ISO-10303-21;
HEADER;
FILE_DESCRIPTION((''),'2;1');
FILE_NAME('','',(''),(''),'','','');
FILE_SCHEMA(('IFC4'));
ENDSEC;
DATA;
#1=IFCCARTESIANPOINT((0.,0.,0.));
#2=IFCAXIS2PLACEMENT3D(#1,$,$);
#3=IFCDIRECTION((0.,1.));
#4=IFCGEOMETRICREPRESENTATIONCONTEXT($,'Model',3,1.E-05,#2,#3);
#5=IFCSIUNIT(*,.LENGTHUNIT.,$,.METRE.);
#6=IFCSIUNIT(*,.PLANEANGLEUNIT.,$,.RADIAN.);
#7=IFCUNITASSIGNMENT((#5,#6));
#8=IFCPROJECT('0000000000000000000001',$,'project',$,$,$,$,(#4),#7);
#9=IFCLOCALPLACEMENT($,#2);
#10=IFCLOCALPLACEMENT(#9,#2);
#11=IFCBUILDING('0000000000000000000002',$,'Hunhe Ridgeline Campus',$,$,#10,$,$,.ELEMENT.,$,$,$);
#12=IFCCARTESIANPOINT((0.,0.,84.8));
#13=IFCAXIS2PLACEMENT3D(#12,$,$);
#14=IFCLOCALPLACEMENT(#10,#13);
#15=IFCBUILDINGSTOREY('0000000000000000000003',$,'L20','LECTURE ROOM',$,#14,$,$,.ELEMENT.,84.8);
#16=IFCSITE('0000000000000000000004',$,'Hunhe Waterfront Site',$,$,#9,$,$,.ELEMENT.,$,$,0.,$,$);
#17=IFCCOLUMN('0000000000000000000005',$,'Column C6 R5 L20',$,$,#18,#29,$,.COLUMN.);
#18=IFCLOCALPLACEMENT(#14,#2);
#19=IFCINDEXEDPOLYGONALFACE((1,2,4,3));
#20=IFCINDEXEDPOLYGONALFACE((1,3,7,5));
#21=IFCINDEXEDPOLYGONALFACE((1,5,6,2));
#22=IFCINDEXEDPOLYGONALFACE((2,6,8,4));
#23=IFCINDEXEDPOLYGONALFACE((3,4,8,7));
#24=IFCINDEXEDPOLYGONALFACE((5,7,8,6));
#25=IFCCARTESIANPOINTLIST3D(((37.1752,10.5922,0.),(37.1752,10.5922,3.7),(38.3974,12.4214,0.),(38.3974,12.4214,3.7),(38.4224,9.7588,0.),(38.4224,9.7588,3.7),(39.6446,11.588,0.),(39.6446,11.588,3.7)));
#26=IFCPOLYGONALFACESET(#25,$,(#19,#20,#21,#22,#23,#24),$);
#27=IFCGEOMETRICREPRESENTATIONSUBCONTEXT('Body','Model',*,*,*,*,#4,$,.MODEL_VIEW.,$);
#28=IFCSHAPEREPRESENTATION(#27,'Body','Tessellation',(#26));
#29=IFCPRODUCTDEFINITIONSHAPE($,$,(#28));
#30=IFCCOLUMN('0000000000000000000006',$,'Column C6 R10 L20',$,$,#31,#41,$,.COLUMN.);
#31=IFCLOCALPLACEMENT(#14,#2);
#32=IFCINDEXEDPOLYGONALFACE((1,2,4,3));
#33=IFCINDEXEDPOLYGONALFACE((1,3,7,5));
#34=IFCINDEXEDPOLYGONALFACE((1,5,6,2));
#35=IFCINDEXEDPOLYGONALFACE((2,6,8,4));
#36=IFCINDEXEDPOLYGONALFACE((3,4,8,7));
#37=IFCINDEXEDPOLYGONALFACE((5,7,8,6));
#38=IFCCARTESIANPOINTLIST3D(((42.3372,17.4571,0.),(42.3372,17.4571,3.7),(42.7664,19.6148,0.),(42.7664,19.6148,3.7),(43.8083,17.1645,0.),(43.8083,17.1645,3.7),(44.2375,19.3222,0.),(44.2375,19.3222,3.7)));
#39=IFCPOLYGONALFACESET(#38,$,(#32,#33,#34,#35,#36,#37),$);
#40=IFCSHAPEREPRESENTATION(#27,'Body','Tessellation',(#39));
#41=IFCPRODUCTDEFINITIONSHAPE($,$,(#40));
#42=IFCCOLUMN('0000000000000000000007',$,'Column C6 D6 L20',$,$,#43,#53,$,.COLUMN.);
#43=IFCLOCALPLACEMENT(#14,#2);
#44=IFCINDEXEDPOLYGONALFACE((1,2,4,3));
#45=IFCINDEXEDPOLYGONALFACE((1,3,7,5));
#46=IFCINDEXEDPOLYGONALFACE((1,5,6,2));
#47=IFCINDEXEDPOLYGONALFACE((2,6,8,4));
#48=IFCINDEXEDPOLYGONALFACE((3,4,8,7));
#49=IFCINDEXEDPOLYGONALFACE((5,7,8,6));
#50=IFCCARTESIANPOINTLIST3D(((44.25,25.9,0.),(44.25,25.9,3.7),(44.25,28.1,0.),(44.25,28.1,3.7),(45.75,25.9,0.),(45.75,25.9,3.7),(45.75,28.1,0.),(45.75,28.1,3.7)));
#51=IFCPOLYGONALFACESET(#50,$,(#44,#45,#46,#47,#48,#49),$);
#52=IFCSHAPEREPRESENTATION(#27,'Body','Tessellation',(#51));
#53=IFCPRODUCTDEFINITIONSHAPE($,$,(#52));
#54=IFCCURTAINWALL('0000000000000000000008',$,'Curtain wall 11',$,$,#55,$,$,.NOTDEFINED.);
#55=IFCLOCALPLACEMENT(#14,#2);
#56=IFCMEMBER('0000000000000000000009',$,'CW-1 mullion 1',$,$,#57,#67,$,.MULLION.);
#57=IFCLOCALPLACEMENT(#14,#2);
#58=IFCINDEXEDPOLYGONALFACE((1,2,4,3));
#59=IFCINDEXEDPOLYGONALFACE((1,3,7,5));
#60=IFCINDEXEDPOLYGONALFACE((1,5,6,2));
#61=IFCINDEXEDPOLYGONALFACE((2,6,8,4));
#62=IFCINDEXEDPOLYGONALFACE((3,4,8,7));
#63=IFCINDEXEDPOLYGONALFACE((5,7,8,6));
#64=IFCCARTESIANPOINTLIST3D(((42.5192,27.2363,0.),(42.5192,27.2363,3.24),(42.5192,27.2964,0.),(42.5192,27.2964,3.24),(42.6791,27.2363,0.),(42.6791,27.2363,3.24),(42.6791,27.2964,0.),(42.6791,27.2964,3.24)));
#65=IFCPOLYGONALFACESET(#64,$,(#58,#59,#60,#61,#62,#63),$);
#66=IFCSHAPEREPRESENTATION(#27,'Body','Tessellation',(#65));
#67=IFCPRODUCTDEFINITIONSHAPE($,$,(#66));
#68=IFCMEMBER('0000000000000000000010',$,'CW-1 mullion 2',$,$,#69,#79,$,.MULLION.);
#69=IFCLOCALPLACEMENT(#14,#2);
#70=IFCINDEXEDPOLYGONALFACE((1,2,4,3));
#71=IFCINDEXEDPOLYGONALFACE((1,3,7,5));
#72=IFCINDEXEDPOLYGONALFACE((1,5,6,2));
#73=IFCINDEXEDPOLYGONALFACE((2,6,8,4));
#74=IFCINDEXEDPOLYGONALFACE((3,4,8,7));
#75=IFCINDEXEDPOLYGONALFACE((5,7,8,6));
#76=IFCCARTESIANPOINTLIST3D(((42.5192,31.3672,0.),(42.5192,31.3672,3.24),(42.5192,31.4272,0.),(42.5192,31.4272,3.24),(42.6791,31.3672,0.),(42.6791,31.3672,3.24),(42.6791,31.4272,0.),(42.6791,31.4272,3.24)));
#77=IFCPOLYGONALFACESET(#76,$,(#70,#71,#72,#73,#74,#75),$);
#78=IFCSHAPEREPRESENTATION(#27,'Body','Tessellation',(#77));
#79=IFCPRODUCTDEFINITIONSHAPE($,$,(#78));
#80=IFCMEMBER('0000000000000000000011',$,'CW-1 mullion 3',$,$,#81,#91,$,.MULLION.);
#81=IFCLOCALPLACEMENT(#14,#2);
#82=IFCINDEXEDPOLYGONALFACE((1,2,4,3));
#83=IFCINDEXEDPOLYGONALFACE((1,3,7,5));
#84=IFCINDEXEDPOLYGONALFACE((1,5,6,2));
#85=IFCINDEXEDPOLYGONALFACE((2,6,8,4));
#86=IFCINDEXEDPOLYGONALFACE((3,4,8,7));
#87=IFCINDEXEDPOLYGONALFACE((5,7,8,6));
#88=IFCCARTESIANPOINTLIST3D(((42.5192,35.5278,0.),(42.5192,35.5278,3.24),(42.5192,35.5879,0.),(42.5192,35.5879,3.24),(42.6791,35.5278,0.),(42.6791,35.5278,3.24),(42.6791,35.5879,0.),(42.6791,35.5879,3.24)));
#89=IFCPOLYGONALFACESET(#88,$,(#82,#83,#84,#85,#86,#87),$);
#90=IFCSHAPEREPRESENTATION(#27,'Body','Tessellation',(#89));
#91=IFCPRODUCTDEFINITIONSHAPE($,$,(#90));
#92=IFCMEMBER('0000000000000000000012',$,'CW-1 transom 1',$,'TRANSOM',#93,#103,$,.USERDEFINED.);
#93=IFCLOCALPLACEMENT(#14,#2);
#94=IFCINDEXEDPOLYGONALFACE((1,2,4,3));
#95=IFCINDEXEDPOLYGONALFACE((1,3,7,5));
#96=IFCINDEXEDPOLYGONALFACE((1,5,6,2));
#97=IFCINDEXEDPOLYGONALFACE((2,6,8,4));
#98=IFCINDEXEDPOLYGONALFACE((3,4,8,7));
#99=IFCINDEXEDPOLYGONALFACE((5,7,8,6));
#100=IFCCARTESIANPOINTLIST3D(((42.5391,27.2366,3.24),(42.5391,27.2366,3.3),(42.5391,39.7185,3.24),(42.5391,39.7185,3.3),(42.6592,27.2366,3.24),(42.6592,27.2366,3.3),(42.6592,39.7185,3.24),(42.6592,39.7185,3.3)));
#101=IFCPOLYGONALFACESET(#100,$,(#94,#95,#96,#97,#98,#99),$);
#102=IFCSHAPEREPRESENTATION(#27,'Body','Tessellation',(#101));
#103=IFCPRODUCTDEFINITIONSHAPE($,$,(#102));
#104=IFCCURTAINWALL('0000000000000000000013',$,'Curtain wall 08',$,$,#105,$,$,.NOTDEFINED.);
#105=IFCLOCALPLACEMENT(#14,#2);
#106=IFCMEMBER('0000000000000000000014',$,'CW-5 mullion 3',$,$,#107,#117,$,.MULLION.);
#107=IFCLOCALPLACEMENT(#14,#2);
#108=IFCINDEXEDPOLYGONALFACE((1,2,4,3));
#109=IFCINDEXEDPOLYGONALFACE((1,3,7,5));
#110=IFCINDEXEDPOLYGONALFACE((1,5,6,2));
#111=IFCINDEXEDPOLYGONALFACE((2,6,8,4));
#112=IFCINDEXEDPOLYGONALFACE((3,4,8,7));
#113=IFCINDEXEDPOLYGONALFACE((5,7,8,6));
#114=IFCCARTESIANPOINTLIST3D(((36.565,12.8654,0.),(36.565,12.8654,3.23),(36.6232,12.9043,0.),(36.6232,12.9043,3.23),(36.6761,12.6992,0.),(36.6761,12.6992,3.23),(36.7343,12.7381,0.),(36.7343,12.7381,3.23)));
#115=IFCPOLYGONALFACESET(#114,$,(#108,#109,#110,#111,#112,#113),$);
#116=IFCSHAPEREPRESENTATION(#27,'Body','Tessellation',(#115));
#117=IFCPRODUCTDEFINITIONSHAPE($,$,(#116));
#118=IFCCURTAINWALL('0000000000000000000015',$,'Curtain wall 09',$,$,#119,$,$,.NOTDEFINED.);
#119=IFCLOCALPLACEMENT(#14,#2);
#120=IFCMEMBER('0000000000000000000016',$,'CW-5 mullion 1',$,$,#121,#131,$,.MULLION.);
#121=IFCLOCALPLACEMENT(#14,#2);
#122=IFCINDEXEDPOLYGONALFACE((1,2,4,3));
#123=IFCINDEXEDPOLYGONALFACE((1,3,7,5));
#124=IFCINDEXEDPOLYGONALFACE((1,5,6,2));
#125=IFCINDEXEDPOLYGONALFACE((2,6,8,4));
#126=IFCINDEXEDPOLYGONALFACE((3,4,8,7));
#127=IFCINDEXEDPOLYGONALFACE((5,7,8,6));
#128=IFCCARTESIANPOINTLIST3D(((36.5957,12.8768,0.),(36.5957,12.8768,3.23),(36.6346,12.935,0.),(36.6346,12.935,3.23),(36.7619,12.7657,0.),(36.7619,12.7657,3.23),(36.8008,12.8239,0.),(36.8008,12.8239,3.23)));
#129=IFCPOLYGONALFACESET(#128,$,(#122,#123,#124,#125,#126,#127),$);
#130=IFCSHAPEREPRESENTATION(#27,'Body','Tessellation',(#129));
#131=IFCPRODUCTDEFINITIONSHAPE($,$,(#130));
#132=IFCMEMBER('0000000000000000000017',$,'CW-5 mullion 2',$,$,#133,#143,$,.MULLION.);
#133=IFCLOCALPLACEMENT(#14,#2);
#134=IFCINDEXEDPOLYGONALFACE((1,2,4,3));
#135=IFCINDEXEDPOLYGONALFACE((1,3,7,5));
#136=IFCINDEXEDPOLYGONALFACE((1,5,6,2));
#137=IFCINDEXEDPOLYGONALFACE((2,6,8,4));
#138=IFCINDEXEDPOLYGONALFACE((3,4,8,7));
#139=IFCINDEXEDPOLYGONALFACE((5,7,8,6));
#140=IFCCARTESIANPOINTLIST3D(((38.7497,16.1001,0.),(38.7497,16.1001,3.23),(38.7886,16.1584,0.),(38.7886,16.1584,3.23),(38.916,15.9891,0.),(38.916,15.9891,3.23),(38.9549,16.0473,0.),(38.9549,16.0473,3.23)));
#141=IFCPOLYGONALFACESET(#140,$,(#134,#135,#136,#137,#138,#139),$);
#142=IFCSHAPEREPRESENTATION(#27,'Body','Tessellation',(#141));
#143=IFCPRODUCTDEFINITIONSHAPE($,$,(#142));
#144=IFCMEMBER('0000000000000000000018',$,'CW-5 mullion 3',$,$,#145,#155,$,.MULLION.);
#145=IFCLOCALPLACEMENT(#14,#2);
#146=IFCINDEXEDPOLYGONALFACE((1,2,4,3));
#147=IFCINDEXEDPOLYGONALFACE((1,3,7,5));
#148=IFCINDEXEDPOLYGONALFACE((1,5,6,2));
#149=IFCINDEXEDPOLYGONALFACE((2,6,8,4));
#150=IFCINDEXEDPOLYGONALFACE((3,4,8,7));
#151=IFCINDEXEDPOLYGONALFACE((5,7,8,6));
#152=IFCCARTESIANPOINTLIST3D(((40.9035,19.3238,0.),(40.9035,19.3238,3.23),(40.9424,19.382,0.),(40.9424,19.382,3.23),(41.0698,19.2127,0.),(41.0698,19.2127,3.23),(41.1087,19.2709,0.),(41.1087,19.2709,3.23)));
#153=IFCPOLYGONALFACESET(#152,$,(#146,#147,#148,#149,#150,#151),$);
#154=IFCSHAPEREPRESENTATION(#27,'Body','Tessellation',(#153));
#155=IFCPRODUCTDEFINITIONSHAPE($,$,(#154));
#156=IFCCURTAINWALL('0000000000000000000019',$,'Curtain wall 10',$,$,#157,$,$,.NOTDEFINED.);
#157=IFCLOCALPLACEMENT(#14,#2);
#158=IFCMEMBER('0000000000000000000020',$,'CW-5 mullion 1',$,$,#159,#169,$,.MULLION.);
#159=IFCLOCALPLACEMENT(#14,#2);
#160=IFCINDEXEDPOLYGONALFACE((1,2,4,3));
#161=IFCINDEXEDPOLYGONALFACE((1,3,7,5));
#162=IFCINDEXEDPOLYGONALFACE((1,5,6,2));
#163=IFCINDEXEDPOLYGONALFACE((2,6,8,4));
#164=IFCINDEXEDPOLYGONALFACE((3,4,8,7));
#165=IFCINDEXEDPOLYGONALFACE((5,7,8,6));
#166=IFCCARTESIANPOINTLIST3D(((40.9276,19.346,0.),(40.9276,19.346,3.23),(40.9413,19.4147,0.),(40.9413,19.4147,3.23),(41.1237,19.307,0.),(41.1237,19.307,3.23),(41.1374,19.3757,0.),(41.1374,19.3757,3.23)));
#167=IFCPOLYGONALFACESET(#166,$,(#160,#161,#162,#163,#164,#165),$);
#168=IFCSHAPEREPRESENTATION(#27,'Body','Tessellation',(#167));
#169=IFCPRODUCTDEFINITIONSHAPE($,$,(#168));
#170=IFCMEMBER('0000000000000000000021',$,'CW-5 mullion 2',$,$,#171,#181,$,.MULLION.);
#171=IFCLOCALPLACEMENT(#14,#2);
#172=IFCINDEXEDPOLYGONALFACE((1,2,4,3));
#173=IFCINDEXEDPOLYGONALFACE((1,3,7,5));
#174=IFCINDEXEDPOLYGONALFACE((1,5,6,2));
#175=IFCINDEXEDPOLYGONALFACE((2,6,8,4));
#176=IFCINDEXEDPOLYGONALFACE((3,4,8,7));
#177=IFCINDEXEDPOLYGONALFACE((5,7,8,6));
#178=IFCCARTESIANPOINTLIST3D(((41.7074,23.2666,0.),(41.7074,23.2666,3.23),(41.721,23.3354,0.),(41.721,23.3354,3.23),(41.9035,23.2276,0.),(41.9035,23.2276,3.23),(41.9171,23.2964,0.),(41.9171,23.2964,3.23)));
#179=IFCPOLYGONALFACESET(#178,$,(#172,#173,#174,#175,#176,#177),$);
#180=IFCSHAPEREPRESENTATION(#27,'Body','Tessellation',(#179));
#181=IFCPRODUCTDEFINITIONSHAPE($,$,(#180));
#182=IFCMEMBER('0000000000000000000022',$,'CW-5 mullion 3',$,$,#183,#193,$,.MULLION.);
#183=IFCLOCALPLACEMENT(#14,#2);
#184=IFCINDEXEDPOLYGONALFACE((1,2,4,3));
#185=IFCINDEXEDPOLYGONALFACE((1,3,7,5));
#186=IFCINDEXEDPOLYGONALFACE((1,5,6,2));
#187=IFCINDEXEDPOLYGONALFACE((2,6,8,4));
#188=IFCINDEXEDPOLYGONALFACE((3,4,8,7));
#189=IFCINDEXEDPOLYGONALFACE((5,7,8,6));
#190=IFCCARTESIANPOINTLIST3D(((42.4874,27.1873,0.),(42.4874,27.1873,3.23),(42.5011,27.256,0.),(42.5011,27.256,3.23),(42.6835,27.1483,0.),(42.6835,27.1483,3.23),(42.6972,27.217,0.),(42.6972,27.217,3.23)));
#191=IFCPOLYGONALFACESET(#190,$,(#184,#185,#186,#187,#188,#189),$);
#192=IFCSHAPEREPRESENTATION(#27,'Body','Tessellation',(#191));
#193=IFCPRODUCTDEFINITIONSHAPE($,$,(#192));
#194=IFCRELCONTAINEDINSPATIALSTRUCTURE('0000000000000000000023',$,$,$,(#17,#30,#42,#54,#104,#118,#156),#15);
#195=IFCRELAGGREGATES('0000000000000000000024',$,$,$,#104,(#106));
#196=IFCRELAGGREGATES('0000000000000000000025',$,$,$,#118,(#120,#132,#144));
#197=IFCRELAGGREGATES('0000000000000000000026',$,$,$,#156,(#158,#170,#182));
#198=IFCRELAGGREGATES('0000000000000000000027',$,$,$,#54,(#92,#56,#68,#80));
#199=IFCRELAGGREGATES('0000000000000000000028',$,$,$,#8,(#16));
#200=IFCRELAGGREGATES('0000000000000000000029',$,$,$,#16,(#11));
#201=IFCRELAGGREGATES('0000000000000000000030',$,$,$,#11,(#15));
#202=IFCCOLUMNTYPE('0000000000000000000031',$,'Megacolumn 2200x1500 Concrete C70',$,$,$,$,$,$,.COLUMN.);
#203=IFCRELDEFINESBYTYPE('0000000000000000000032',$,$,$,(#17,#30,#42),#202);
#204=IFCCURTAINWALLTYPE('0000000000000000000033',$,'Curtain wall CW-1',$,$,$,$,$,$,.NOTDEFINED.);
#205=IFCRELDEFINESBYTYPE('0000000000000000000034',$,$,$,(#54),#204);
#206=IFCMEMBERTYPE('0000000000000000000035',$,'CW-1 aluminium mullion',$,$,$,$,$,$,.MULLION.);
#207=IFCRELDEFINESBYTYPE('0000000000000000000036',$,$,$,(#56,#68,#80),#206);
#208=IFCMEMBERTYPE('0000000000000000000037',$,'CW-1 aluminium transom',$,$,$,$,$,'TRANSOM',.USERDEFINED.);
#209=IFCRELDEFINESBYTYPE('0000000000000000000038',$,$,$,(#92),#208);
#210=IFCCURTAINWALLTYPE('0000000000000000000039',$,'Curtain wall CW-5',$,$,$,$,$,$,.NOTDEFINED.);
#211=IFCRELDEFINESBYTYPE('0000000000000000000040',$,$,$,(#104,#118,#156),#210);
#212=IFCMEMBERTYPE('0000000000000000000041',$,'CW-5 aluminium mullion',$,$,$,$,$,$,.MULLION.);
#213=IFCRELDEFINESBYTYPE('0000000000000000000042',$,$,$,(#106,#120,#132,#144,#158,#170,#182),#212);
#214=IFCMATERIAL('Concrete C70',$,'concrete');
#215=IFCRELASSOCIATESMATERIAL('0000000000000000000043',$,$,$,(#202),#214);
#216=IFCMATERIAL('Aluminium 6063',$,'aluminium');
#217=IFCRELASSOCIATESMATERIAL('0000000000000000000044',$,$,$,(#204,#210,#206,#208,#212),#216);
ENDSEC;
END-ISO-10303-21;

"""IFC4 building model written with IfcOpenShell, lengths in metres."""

from ifc_helpers import new_model, si_unit, direction, frame, origin, origin_2d, place, context, subcontext, project, spatial, rectangle, extrude, material, material_profile, profile_set, type_object, element, aggregate, save


model = new_model("IFC4")

# Units and contexts
model_context = context("Model", 3, precision=1e-05, world=origin(), true_north=direction((0.0, 1.0)))
body_context = subcontext(model_context, "Body", "Model", "MODEL_VIEW")
ifc_project = project(units=[si_unit("LENGTHUNIT", "METRE"), si_unit("PLANEANGLEUNIT", "RADIAN")], contexts=[model_context])

# Site, building, storey
site_placement = place(None, origin())
site = spatial("IfcSite", under=ifc_project, at=site_placement, Name="Hunhe Waterfront Site", CompositionType="ELEMENT", RefElevation=0.0)
building_placement = place(site_placement, origin())
building = spatial("IfcBuilding", under=site, at=building_placement, Name="Hunhe Ridgeline Campus", CompositionType="ELEMENT")
storey_placement = place(building_placement, frame((0.0, 0.0, 84.8)))
storey = spatial("IfcBuildingStorey", under=building, at=storey_placement, Name="L20", Description="LECTURE ROOM", CompositionType="ELEMENT", Elevation=84.8)

# Columns
ifc_material_1 = material(Name="Concrete C70", Category="concrete")
ifc_material_profile_1 = material_profile(ifc_material_1, rectangle(XDim=2.2, YDim=1.5, at=origin_2d()))
ifc_profile_set_1 = profile_set([ifc_material_profile_1], Name="Concrete C70")
column_type = type_object("IfcColumnType", Name="Megacolumn 2200x1500 Concrete C70", PredefinedType="COLUMN", material=ifc_profile_set_1)
for number, where, z_axis, x_axis, name in (
    (1, (38.4099, 11.0901, 0.0), (0.0, 0.0, 1.0), (0.55557, 0.83147, 0.0), "Column C6 R5 L20"),
    (2, (43.2874, 18.3896, 0.0), (0.0, 0.0, 1.0), (0.19509, 0.980785, 0.0), "Column C6 R10 L20"),
    (3, (45.0, 27.0, 0.0), (0.0, 0.0, 1.0), (0.0, 1.0, 0.0), "Column C6 D6 L20"),
):
    element("IfcColumn", number, at=place(storey_placement, frame(where, z_axis=z_axis, x_axis=x_axis)), inside=storey, type_object=column_type, Name=name, PredefinedType="COLUMN", context=body_context, shape_type="SweptSolid", body=[
        extrude(rectangle(XDim=2.2, YDim=1.5, at=origin_2d()), origin(), (0.0, 0.0, 1.0), 3.7),
    ])

# Curtain wall, members
ifc_material_2 = material(Name="Aluminium 6063", Category="aluminium")
curtain_wall_type_1 = type_object("IfcCurtainWallType", Name="Curtain wall CW-1", PredefinedType="NOTDEFINED", material=ifc_material_2)
curtain_wall_1_placement = place(storey_placement, origin())
curtain_wall_1 = element("IfcCurtainWall", 4, at=curtain_wall_1_placement, inside=storey, type_object=curtain_wall_type_1, Name="Curtain wall 11", PredefinedType="NOTDEFINED")
ifc_material_profile_2 = material_profile(ifc_material_2, rectangle(XDim=0.1599, YDim=0.0601, at=origin_2d()))
ifc_profile_set_2 = profile_set([ifc_material_profile_2], Name="Aluminium 6063")
member_type_1 = type_object("IfcMemberType", Name="CW-1 aluminium mullion", PredefinedType="MULLION", material=ifc_profile_set_2)
member_1_placement = place(storey_placement, frame((42.5991, 27.2664, 0.0), z_axis=(0.0, 0.0, 1.0), x_axis=(-1.0, 0.000011, 0.0)))
member_1 = element("IfcMember", 5, at=member_1_placement, type_object=member_type_1, Name="CW-1 mullion 1", PredefinedType="MULLION", context=body_context, shape_type="SweptSolid", body=[
    extrude(rectangle(XDim=0.1599, YDim=0.0601, at=origin_2d()), origin(), (0.0, 0.0, 1.0), 3.24),
])
member_2_placement = place(storey_placement, frame((42.5991, 31.3972, 0.0), z_axis=(0.0, 0.0, 1.0), x_axis=(-1.0, 0.000011, 0.0)))
member_2 = element("IfcMember", 6, at=member_2_placement, type_object=member_type_1, Name="CW-1 mullion 2", PredefinedType="MULLION", context=body_context, shape_type="SweptSolid", body=[
    extrude(rectangle(XDim=0.1599, YDim=0.0601, at=origin_2d()), origin(), (0.0, 0.0, 1.0), 3.24),
])
member_3_placement = place(storey_placement, frame((42.5991, 35.5579, 0.0), z_axis=(0.0, 0.0, 1.0), x_axis=(-1.0, 0.000011, 0.0)))
member_3 = element("IfcMember", 7, at=member_3_placement, type_object=member_type_1, Name="CW-1 mullion 3", PredefinedType="MULLION", context=body_context, shape_type="SweptSolid", body=[
    extrude(rectangle(XDim=0.1599, YDim=0.0601, at=origin_2d()), origin(), (0.0, 0.0, 1.0), 3.24),
])
ifc_material_profile_3 = material_profile(ifc_material_2, rectangle(XDim=0.1201, YDim=0.0601, at=origin_2d()))
ifc_profile_set_3 = profile_set([ifc_material_profile_3], Name="Aluminium 6063")
member_type_2 = type_object("IfcMemberType", Name="CW-1 aluminium transom", ElementType="TRANSOM", PredefinedType="USERDEFINED", material=ifc_profile_set_3)
member_4_placement = place(storey_placement, frame((42.5991, 27.2366, 3.27), z_axis=(0.0, 1.0, 0.0), x_axis=(-1.0, 0.0, 0.0)))
member_4 = element("IfcMember", 8, at=member_4_placement, type_object=member_type_2, Name="CW-1 transom 1", ObjectType="TRANSOM", PredefinedType="USERDEFINED", context=body_context, shape_type="SweptSolid", body=[
    extrude(rectangle(XDim=0.1201, YDim=0.0601, at=origin_2d()), origin(), (0.0, 0.0, 1.0), 12.4819),
])

# Curtain wall, member
curtain_wall_type_2 = type_object("IfcCurtainWallType", Name="Curtain wall CW-5", PredefinedType="NOTDEFINED", material=ifc_material_2)
curtain_wall_2_placement = place(storey_placement, origin())
curtain_wall_2 = element("IfcCurtainWall", 9, at=curtain_wall_2_placement, inside=storey, type_object=curtain_wall_type_2, Name="Curtain wall 08", PredefinedType="NOTDEFINED")
ifc_material_profile_4 = material_profile(ifc_material_2, rectangle(XDim=0.2, YDim=0.0701, at=origin_2d()))
ifc_profile_set_4 = profile_set([ifc_material_profile_4], Name="Aluminium 6063")
member_type_3 = type_object("IfcMemberType", Name="CW-5 aluminium mullion", PredefinedType="MULLION", material=ifc_profile_set_4)
member_5_placement = place(storey_placement, frame((36.6497, 12.8018, 0.0), z_axis=(0.0, 0.0, 1.0), x_axis=(-0.55557, 0.83147, 0.0)))
member_5 = element("IfcMember", 10, at=member_5_placement, type_object=member_type_3, Name="CW-5 mullion 3", PredefinedType="MULLION", context=body_context, shape_type="SweptSolid", body=[
    extrude(rectangle(XDim=0.2, YDim=0.0701, at=origin_2d()), origin(), (0.0, 0.0, 1.0), 3.23),
])
aggregate(curtain_wall_2, [member_5])

# Curtain walls, members
curtain_wall_3_placement = place(storey_placement, origin())
curtain_wall_3 = element("IfcCurtainWall", 11, at=curtain_wall_3_placement, inside=storey, type_object=curtain_wall_type_2, Name="Curtain wall 09", PredefinedType="NOTDEFINED")
member_6_placement = place(storey_placement, frame((36.6982, 12.8503, 0.0), z_axis=(0.0, 0.0, 1.0), x_axis=(-0.83147, 0.55557, 0.0)))
member_6 = element("IfcMember", 12, at=member_6_placement, type_object=member_type_3, Name="CW-5 mullion 1", PredefinedType="MULLION", context=body_context, shape_type="SweptSolid", body=[
    extrude(rectangle(XDim=0.2, YDim=0.0701, at=origin_2d()), origin(), (0.0, 0.0, 1.0), 3.23),
])
member_7_placement = place(storey_placement, frame((38.8523, 16.0737, 0.0), z_axis=(0.0, 0.0, 1.0), x_axis=(-0.83147, 0.55557, 0.0)))
member_7 = element("IfcMember", 13, at=member_7_placement, type_object=member_type_3, Name="CW-5 mullion 2", PredefinedType="MULLION", context=body_context, shape_type="SweptSolid", body=[
    extrude(rectangle(XDim=0.2, YDim=0.0701, at=origin_2d()), origin(), (0.0, 0.0, 1.0), 3.23),
])
member_8_placement = place(storey_placement, frame((41.0061, 19.2974, 0.0), z_axis=(0.0, 0.0, 1.0), x_axis=(-0.83147, 0.55557, 0.0)))
member_8 = element("IfcMember", 14, at=member_8_placement, type_object=member_type_3, Name="CW-5 mullion 3", PredefinedType="MULLION", context=body_context, shape_type="SweptSolid", body=[
    extrude(rectangle(XDim=0.2, YDim=0.0701, at=origin_2d()), origin(), (0.0, 0.0, 1.0), 3.23),
])
curtain_wall_4_placement = place(storey_placement, origin())
curtain_wall_4 = element("IfcCurtainWall", 15, at=curtain_wall_4_placement, inside=storey, type_object=curtain_wall_type_2, Name="Curtain wall 10", PredefinedType="NOTDEFINED")
member_9_placement = place(storey_placement, frame((41.0325, 19.3608, 0.0), z_axis=(0.0, 0.0, 1.0), x_axis=(-0.980785, 0.19509, 0.0)))
member_9 = element("IfcMember", 16, at=member_9_placement, type_object=member_type_3, Name="CW-5 mullion 1", PredefinedType="MULLION", context=body_context, shape_type="SweptSolid", body=[
    extrude(rectangle(XDim=0.2, YDim=0.0701, at=origin_2d()), origin(), (0.0, 0.0, 1.0), 3.23),
])
member_10_placement = place(storey_placement, frame((41.8123, 23.2815, 0.0), z_axis=(0.0, 0.0, 1.0), x_axis=(-0.980785, 0.19509, 0.0)))
member_10 = element("IfcMember", 17, at=member_10_placement, type_object=member_type_3, Name="CW-5 mullion 2", PredefinedType="MULLION", context=body_context, shape_type="SweptSolid", body=[
    extrude(rectangle(XDim=0.2, YDim=0.0701, at=origin_2d()), origin(), (0.0, 0.0, 1.0), 3.23),
])
member_11_placement = place(storey_placement, frame((42.5923, 27.2021, 0.0), z_axis=(0.0, 0.0, 1.0), x_axis=(-0.980785, 0.19509, 0.0)))
member_11 = element("IfcMember", 18, at=member_11_placement, type_object=member_type_3, Name="CW-5 mullion 3", PredefinedType="MULLION", context=body_context, shape_type="SweptSolid", body=[
    extrude(rectangle(XDim=0.2, YDim=0.0701, at=origin_2d()), origin(), (0.0, 0.0, 1.0), 3.23),
])

aggregate(curtain_wall_3, [member_6, member_7, member_8])
aggregate(curtain_wall_4, [member_9, member_10, member_11])
aggregate(curtain_wall_1, [member_4, member_1, member_2, member_3])

save(model, "model.ifc")
